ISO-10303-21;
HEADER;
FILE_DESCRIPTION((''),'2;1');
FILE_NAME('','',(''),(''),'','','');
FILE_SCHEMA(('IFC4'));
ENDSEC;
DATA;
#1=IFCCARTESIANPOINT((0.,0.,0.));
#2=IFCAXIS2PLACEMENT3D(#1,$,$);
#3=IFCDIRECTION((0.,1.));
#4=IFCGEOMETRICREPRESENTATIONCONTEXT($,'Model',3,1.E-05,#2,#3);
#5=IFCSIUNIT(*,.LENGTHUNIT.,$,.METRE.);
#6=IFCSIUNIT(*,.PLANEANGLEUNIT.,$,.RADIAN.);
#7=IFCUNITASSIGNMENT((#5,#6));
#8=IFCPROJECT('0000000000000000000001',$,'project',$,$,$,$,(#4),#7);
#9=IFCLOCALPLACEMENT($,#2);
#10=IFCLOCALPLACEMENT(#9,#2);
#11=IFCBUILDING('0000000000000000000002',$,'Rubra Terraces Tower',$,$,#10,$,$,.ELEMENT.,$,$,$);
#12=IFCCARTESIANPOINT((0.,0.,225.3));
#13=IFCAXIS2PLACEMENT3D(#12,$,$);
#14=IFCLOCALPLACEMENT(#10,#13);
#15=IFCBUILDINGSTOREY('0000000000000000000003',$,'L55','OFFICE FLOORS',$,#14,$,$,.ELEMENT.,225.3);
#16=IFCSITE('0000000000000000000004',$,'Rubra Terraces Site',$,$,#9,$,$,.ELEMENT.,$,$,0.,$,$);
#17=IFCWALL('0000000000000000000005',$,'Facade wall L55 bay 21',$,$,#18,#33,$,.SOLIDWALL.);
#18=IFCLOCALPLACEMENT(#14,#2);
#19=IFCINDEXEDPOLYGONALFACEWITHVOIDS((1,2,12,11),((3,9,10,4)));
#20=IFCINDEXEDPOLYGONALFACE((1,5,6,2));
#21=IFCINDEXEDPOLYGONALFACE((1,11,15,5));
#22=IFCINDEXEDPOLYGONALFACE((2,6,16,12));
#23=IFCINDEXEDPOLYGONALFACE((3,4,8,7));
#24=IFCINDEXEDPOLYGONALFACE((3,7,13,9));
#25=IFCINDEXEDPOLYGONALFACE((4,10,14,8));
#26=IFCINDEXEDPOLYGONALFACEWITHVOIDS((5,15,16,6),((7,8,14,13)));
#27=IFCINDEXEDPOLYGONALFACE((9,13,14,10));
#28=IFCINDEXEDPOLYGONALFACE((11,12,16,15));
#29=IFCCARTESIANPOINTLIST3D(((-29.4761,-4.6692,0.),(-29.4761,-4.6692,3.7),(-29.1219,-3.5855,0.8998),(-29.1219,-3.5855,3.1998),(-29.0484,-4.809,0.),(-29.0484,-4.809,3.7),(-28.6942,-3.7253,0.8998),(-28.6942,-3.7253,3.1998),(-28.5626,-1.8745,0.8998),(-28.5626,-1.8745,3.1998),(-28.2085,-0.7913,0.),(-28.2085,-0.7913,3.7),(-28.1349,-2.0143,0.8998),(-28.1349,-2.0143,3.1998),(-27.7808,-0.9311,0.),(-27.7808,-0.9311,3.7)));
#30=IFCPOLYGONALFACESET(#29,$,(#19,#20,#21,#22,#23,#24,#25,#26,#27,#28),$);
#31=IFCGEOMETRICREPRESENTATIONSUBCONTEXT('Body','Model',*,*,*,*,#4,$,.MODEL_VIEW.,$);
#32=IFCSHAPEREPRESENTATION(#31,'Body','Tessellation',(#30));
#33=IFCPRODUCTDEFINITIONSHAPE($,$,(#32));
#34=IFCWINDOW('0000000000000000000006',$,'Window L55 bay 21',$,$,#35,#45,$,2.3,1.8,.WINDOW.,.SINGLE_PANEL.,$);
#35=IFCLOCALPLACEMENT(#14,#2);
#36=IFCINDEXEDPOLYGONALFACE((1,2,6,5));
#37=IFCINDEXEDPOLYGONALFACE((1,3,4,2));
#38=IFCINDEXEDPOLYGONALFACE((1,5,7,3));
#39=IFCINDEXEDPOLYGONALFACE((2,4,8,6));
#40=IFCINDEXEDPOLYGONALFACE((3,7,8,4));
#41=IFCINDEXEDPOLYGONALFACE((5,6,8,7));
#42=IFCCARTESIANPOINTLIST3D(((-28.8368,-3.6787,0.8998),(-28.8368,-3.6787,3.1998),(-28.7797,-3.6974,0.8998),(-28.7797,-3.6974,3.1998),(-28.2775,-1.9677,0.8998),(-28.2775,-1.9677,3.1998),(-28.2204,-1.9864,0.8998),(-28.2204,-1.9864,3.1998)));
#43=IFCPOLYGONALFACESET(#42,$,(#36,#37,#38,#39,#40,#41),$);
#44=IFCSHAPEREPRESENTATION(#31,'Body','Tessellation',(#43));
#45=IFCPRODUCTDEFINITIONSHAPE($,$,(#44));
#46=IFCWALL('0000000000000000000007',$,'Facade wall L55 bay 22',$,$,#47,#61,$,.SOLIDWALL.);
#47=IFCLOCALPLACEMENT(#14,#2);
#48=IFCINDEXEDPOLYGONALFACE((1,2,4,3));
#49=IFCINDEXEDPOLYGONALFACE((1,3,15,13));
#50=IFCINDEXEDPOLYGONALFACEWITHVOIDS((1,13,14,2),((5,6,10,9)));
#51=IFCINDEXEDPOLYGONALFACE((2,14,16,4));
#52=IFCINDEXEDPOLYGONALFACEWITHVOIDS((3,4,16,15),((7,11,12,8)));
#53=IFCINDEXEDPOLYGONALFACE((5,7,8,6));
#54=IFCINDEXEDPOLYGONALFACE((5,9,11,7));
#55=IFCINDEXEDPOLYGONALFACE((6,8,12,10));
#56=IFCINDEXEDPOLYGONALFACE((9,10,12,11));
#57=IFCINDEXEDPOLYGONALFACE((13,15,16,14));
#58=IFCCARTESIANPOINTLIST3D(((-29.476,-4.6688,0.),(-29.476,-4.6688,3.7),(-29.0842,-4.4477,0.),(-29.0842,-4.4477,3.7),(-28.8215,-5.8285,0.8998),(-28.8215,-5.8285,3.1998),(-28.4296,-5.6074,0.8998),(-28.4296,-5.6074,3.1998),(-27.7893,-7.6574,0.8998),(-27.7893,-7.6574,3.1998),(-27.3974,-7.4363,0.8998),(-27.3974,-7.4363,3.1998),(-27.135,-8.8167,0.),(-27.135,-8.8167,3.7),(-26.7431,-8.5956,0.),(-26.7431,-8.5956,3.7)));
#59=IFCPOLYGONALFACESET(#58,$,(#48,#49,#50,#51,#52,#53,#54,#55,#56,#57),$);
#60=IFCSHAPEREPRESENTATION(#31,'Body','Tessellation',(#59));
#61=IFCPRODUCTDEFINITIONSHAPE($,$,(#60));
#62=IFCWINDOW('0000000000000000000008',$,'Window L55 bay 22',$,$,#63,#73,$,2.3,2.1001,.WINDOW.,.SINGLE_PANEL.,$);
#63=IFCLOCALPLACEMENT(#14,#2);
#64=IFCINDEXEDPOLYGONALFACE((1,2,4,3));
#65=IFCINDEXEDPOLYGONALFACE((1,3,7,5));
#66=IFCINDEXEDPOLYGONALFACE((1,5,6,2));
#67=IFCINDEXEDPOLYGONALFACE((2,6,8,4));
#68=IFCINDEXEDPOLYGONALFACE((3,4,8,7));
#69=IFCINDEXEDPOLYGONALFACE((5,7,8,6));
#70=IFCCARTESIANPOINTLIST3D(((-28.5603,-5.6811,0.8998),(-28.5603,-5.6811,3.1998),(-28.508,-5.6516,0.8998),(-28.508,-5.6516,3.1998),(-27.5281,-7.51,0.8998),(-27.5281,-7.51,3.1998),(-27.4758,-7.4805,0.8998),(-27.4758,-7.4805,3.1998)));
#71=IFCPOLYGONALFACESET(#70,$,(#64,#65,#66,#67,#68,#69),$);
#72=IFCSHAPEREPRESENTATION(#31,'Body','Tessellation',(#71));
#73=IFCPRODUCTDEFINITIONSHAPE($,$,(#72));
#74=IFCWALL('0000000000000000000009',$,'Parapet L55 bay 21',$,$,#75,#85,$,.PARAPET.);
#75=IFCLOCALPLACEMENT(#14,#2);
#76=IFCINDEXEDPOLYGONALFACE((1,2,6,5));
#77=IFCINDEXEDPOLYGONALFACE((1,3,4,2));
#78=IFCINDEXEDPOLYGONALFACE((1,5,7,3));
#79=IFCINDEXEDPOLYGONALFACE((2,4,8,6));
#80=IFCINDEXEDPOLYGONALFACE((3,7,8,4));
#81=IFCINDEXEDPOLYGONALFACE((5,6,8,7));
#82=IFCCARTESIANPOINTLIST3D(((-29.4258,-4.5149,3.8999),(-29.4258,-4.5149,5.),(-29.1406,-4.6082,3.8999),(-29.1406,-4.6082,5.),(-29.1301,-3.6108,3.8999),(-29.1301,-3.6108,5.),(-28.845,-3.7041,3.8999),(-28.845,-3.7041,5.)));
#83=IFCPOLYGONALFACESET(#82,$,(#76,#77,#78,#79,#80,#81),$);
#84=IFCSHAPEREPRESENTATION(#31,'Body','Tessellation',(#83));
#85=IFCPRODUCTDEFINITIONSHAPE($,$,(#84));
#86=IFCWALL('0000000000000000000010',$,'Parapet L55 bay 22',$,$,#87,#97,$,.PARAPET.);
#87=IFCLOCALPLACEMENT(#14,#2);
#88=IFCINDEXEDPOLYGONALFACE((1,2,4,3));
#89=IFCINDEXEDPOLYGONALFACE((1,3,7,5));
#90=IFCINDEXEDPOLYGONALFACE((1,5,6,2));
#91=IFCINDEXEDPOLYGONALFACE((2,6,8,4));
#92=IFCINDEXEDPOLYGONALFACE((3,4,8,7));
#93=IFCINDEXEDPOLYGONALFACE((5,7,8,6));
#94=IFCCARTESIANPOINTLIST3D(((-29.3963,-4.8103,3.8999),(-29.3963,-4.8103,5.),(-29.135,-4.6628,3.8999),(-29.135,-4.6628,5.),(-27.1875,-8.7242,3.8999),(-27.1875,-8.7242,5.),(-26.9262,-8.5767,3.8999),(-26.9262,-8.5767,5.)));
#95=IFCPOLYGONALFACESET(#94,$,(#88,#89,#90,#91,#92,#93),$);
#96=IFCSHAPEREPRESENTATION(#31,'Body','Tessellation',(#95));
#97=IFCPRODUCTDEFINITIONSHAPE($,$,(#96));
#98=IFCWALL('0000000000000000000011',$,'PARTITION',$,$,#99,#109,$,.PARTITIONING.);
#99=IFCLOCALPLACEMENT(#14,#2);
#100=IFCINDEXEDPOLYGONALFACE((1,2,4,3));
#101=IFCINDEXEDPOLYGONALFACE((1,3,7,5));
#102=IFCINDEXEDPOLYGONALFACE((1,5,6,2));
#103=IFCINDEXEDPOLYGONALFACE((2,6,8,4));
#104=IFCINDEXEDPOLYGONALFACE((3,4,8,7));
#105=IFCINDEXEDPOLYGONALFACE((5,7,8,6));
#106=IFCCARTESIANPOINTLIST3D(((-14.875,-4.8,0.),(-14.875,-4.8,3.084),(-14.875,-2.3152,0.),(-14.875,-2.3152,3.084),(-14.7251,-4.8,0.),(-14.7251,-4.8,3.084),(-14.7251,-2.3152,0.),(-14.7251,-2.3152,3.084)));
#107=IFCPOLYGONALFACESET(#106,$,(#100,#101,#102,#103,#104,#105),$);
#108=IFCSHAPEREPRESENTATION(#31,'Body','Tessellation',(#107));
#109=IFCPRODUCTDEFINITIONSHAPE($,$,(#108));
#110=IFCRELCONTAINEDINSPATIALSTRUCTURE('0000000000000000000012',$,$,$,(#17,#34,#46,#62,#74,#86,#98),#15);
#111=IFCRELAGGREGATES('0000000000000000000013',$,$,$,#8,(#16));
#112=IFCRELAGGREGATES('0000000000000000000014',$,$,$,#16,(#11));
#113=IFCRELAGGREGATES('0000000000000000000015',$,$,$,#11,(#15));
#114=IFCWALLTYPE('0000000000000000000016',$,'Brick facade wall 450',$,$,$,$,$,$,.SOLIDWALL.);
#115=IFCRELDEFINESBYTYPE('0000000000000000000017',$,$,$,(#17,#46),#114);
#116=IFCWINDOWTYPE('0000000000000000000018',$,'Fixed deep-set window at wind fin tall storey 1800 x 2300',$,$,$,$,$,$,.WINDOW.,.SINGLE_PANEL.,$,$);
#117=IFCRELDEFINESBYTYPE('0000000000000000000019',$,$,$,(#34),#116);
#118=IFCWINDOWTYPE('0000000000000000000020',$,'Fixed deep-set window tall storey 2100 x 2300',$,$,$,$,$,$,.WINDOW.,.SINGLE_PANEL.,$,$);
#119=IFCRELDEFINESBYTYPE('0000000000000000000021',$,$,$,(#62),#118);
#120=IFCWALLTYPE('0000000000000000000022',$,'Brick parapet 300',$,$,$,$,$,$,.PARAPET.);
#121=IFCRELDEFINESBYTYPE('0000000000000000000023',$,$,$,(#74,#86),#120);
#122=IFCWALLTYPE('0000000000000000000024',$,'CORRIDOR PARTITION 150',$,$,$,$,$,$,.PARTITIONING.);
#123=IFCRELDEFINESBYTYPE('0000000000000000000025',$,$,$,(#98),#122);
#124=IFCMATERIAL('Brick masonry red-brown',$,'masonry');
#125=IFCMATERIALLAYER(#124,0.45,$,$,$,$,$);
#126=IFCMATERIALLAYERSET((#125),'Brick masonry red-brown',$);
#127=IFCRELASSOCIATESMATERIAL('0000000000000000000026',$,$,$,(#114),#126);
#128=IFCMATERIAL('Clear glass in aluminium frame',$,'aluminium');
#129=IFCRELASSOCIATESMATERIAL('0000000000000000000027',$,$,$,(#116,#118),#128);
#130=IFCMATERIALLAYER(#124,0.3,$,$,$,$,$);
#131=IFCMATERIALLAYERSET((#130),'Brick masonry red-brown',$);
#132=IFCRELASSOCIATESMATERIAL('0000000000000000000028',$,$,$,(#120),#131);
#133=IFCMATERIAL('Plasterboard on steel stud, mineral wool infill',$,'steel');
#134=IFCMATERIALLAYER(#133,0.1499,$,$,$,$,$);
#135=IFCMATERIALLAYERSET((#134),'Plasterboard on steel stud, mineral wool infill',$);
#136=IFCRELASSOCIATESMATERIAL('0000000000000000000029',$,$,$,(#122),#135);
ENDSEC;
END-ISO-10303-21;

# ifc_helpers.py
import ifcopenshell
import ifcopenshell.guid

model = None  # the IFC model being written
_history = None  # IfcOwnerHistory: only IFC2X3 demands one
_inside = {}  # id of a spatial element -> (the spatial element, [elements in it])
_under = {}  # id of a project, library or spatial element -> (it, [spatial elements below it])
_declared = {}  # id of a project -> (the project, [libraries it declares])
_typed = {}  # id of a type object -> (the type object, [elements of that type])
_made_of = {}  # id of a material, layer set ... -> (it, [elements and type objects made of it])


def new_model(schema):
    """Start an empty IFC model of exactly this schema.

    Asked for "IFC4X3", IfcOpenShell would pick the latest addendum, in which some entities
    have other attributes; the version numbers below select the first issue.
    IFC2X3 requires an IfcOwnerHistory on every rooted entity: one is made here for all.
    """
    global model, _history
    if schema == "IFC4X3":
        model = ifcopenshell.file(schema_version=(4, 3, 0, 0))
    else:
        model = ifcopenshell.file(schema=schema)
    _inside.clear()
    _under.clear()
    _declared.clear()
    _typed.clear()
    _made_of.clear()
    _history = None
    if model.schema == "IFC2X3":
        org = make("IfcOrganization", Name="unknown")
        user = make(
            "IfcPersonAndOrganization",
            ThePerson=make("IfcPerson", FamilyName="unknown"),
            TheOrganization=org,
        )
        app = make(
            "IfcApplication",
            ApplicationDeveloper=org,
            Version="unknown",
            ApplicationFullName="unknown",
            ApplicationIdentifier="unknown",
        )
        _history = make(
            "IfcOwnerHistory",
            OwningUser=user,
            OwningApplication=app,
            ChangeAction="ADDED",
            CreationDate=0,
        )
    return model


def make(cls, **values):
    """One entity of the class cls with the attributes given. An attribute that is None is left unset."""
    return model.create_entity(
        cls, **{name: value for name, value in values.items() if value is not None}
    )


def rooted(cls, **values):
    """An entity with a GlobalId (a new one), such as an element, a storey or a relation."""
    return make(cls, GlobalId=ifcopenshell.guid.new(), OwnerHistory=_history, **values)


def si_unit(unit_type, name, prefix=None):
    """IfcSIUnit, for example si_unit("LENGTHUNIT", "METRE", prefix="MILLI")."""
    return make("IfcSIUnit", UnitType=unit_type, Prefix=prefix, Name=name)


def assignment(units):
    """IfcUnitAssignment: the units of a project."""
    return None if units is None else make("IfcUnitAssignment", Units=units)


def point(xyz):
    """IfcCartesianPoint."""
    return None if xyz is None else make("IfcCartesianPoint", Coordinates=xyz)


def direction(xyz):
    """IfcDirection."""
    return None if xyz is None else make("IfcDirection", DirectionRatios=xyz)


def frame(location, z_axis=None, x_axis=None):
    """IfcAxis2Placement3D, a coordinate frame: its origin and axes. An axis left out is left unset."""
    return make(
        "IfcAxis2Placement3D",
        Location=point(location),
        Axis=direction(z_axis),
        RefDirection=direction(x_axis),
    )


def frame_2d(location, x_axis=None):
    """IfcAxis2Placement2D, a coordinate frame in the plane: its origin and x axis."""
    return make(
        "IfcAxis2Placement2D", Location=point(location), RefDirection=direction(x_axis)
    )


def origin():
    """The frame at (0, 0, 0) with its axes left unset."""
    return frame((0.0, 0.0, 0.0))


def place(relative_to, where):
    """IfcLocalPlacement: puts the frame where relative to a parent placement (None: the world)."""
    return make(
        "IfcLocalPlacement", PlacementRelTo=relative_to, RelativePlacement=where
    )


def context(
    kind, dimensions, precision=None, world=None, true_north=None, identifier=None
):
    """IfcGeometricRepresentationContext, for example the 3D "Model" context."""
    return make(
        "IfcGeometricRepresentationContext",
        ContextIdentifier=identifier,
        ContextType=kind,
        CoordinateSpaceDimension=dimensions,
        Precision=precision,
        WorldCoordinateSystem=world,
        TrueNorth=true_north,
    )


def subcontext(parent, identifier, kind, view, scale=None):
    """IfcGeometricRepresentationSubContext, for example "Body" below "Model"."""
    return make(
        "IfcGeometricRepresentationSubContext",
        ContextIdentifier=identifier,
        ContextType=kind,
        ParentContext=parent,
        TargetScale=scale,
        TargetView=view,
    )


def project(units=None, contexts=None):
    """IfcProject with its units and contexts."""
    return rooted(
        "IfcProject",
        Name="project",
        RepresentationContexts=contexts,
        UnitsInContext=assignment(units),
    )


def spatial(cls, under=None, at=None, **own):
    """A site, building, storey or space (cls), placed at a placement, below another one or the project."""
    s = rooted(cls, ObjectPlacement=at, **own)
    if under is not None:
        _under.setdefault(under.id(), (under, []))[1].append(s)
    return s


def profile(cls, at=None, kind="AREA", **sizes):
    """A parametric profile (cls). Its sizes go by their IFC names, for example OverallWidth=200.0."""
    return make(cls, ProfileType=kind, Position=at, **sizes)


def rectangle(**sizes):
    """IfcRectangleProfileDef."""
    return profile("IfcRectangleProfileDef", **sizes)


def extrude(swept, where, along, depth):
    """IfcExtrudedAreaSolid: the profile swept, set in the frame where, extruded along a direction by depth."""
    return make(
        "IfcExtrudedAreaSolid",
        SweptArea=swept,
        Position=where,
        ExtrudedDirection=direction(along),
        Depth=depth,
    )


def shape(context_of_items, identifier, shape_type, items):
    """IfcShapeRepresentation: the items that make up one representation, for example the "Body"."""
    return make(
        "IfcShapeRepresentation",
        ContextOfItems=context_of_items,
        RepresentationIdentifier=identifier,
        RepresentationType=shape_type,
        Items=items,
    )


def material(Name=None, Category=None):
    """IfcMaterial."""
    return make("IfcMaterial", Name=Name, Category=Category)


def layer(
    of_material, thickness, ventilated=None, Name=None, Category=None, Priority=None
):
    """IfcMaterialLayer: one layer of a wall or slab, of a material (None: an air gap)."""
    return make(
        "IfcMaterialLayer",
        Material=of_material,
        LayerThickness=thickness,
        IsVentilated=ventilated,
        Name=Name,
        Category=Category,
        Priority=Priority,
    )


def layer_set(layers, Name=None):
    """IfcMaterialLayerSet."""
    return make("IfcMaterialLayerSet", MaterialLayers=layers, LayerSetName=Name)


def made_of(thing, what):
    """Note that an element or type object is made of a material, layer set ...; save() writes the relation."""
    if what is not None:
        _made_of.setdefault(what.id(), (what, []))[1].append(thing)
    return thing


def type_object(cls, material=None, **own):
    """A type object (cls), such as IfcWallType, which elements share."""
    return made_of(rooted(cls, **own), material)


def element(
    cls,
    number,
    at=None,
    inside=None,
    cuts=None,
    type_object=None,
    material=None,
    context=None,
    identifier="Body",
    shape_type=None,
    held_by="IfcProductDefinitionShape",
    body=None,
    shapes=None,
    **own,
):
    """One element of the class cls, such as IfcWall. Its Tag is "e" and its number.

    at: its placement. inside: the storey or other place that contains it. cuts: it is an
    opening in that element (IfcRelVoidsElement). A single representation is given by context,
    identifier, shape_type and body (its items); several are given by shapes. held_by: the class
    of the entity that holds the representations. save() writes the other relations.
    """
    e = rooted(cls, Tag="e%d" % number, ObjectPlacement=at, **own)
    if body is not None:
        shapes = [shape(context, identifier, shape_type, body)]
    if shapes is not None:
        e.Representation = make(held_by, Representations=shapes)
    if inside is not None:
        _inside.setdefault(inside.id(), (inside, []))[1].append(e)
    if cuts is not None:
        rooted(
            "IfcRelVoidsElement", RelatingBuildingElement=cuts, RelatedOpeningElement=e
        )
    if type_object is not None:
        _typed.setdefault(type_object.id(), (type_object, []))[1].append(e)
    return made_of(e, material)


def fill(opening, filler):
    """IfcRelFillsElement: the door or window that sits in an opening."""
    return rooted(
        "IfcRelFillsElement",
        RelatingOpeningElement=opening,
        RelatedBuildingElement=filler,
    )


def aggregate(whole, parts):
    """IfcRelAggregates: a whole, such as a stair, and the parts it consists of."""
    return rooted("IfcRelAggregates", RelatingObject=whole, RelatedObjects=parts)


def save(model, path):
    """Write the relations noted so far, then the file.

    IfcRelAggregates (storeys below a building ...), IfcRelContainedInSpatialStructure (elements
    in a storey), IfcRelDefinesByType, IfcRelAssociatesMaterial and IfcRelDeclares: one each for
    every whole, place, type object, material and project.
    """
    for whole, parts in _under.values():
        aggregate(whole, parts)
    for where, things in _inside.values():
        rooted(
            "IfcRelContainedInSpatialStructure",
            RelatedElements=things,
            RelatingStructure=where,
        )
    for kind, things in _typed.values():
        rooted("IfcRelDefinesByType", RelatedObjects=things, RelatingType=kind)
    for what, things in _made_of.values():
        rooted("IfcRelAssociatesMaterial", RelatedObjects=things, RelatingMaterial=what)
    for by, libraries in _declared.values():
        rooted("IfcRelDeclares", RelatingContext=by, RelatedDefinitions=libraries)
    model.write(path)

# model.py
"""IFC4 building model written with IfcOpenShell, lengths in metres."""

from ifc_helpers import new_model, si_unit, direction, frame, frame_2d, origin, place, context, subcontext, project, spatial, rectangle, extrude, material, layer, layer_set, type_object, element, fill, save


model = new_model("IFC4")

# Units and contexts
model_context = context("Model", 3, precision=1e-05, world=origin(), true_north=direction((0.0, 1.0)))
body_context = subcontext(model_context, "Body", "Model", "MODEL_VIEW")
ifc_project = project(units=[si_unit("LENGTHUNIT", "METRE"), si_unit("PLANEANGLEUNIT", "RADIAN")], contexts=[model_context])

# Site, building, storey
site_placement = place(None, origin())
site = spatial("IfcSite", under=ifc_project, at=site_placement, Name="Rubra Terraces Site", CompositionType="ELEMENT", RefElevation=0.0)
building_placement = place(site_placement, origin())
building = spatial("IfcBuilding", under=site, at=building_placement, Name="Rubra Terraces Tower", CompositionType="ELEMENT")
storey_placement = place(building_placement, frame((0.0, 0.0, 225.3)))
storey = spatial("IfcBuildingStorey", under=building, at=storey_placement, Name="L55", Description="OFFICE FLOORS", CompositionType="ELEMENT", Elevation=225.3)

# Walls, openings, windows
ifc_material_1 = material(Name="Brick masonry red-brown", Category="masonry")
ifc_layer_1 = layer(ifc_material_1, 0.45)
ifc_layer_set_1 = layer_set([ifc_layer_1], Name="Brick masonry red-brown")
wall_type_1 = type_object("IfcWallType", Name="Brick facade wall 450", PredefinedType="SOLIDWALL", material=ifc_layer_set_1)
wall_1_placement = place(storey_placement, frame((-27.9946, -0.8611, 0.0), z_axis=(0.0, 0.0, 1.0), x_axis=(-0.310693, -0.95051, 0.0)))
wall_1 = element("IfcWall", 1, at=wall_1_placement, inside=storey, type_object=wall_type_1, Name="Facade wall L55 bay 21", PredefinedType="SOLIDWALL", context=body_context, shape_type="SweptSolid", body=[
    extrude(rectangle(XDim=4.0798, YDim=0.45, at=frame_2d((2.04, 0.0))), origin(), (0.0, 0.0, 1.0), 3.7),
])
opening_1_placement = place(wall_1_placement, frame((1.1399, 0.0, 0.8999)))
opening_1 = element("IfcOpeningElement", 2, at=opening_1_placement, cuts=wall_1, PredefinedType="OPENING", context=body_context, shape_type="SweptSolid", body=[
    extrude(rectangle(XDim=1.8, YDim=2.3, at=frame_2d((0.8999, 1.1499))), frame((0.0, 0.2349, 0.0), z_axis=(0.0, -1.0, 0.0), x_axis=(1.0, 0.0, 0.0)), (0.0, 0.0, 1.0), 0.47),
])
ifc_material_2 = material(Name="Clear glass in aluminium frame", Category="aluminium")
window_type_1 = type_object("IfcWindowType", Name="Fixed deep-set window at wind fin tall storey 1800 x 2300", PartitioningType="SINGLE_PANEL", PredefinedType="WINDOW", material=ifc_material_2)
window_1_placement = place(opening_1_placement, origin())
window_1 = element("IfcWindow", 3, at=window_1_placement, inside=storey, type_object=window_type_1, Name="Window L55 bay 21", OverallHeight=2.3, OverallWidth=1.8, PartitioningType="SINGLE_PANEL", PredefinedType="WINDOW", context=body_context, shape_type="SweptSolid", body=[
    extrude(rectangle(XDim=1.8, YDim=2.3, at=frame_2d((0.8999, 1.1499))), frame((0.0, 0.135, 0.0), z_axis=(0.0, -1.0, 0.0), x_axis=(1.0, 0.0, 0.0)), (0.0, 0.0, 1.0), 0.0601),
])
fill(opening_1, window_1)
wall_2_placement = place(storey_placement, frame((-29.28, -4.5583, 0.0), z_axis=(0.0, 0.0, 1.0), x_axis=(0.491512, -0.870871, 0.0)))
wall_2 = element("IfcWall", 4, at=wall_2_placement, inside=storey, type_object=wall_type_1, Name="Facade wall L55 bay 22", PredefinedType="SOLIDWALL", context=body_context, shape_type="SweptSolid", body=[
    extrude(rectangle(XDim=4.7629, YDim=0.45, at=frame_2d((2.3813, 0.0))), origin(), (0.0, 0.0, 1.0), 3.7),
])
opening_2_placement = place(wall_2_placement, frame((1.3315, 0.0, 0.8999)))
opening_2 = element("IfcOpeningElement", 5, at=opening_2_placement, cuts=wall_2, PredefinedType="OPENING", context=body_context, shape_type="SweptSolid", body=[
    extrude(rectangle(XDim=2.1001, YDim=2.3, at=frame_2d((1.05, 1.1499))), frame((0.0, 0.2349, 0.0), z_axis=(0.0, -1.0, 0.0), x_axis=(1.0, 0.0, 0.0)), (0.0, 0.0, 1.0), 0.47),
])
window_type_2 = type_object("IfcWindowType", Name="Fixed deep-set window tall storey 2100 x 2300", PartitioningType="SINGLE_PANEL", PredefinedType="WINDOW", material=ifc_material_2)
window_2_placement = place(opening_2_placement, origin())
window_2 = element("IfcWindow", 6, at=window_2_placement, inside=storey, type_object=window_type_2, Name="Window L55 bay 22", OverallHeight=2.3, OverallWidth=2.1001, PartitioningType="SINGLE_PANEL", PredefinedType="WINDOW", context=body_context, shape_type="SweptSolid", body=[
    extrude(rectangle(XDim=2.1001, YDim=2.3, at=frame_2d((1.05, 1.1499))), frame((0.0, 0.135, 0.0), z_axis=(0.0, -1.0, 0.0), x_axis=(1.0, 0.0, 0.0)), (0.0, 0.0, 1.0), 0.0601),
])
fill(opening_2, window_2)

# Walls
ifc_layer_2 = layer(ifc_material_1, 0.3)
ifc_layer_set_2 = layer_set([ifc_layer_2], Name="Brick masonry red-brown")
wall_type_2 = type_object("IfcWallType", Name="Brick parapet 300", PredefinedType="PARAPET", material=ifc_layer_set_2)
wall_3_placement = place(storey_placement, frame((-28.9875, -3.6575, 3.8999), z_axis=(0.0, 0.0, 1.0), x_axis=(-0.310833, -0.950465, 0.0)))
element("IfcWall", 7, at=wall_3_placement, inside=storey, type_object=wall_type_2, Name="Parapet L55 bay 21", PredefinedType="PARAPET", context=body_context, shape_type="SweptSolid", body=[
    extrude(rectangle(XDim=0.9512, YDim=0.3, at=frame_2d((0.4756, 0.0))), origin(), (0.0, 0.0, 1.0), 1.1001),
])
wall_4_placement = place(storey_placement, frame((-29.2656, -4.7366, 3.8999), z_axis=(0.0, 0.0, 1.0), x_axis=(0.491481, -0.870888, 0.0)))
element("IfcWall", 8, at=wall_4_placement, inside=storey, type_object=wall_type_2, Name="Parapet L55 bay 22", PredefinedType="PARAPET", context=body_context, shape_type="SweptSolid", body=[
    extrude(rectangle(XDim=4.4941, YDim=0.3, at=frame_2d((2.2471, 0.0))), origin(), (0.0, 0.0, 1.0), 1.1001),
])
ifc_material_3 = material(Name="Plasterboard on steel stud, mineral wool infill", Category="steel")
ifc_layer_3 = layer(ifc_material_3, 0.1499)
ifc_layer_set_3 = layer_set([ifc_layer_3], Name="Plasterboard on steel stud, mineral wool infill")
wall_type_3 = type_object("IfcWallType", Name="CORRIDOR PARTITION 150", PredefinedType="PARTITIONING", material=ifc_layer_set_3)
wall_5_placement = place(storey_placement, frame((-14.8, -2.3152, 0.0), z_axis=(0.0, 0.0, 1.0), x_axis=(0.0, -1.0, 0.0)))
element("IfcWall", 9, at=wall_5_placement, inside=storey, type_object=wall_type_3, Name="PARTITION", PredefinedType="PARTITIONING", context=body_context, shape_type="SweptSolid", body=[
    extrude(rectangle(XDim=2.4849, YDim=0.1499, at=frame_2d((1.2424, 0.0))), origin(), (0.0, 0.0, 1.0), 3.084),
])

save(model, "model.ifc")
